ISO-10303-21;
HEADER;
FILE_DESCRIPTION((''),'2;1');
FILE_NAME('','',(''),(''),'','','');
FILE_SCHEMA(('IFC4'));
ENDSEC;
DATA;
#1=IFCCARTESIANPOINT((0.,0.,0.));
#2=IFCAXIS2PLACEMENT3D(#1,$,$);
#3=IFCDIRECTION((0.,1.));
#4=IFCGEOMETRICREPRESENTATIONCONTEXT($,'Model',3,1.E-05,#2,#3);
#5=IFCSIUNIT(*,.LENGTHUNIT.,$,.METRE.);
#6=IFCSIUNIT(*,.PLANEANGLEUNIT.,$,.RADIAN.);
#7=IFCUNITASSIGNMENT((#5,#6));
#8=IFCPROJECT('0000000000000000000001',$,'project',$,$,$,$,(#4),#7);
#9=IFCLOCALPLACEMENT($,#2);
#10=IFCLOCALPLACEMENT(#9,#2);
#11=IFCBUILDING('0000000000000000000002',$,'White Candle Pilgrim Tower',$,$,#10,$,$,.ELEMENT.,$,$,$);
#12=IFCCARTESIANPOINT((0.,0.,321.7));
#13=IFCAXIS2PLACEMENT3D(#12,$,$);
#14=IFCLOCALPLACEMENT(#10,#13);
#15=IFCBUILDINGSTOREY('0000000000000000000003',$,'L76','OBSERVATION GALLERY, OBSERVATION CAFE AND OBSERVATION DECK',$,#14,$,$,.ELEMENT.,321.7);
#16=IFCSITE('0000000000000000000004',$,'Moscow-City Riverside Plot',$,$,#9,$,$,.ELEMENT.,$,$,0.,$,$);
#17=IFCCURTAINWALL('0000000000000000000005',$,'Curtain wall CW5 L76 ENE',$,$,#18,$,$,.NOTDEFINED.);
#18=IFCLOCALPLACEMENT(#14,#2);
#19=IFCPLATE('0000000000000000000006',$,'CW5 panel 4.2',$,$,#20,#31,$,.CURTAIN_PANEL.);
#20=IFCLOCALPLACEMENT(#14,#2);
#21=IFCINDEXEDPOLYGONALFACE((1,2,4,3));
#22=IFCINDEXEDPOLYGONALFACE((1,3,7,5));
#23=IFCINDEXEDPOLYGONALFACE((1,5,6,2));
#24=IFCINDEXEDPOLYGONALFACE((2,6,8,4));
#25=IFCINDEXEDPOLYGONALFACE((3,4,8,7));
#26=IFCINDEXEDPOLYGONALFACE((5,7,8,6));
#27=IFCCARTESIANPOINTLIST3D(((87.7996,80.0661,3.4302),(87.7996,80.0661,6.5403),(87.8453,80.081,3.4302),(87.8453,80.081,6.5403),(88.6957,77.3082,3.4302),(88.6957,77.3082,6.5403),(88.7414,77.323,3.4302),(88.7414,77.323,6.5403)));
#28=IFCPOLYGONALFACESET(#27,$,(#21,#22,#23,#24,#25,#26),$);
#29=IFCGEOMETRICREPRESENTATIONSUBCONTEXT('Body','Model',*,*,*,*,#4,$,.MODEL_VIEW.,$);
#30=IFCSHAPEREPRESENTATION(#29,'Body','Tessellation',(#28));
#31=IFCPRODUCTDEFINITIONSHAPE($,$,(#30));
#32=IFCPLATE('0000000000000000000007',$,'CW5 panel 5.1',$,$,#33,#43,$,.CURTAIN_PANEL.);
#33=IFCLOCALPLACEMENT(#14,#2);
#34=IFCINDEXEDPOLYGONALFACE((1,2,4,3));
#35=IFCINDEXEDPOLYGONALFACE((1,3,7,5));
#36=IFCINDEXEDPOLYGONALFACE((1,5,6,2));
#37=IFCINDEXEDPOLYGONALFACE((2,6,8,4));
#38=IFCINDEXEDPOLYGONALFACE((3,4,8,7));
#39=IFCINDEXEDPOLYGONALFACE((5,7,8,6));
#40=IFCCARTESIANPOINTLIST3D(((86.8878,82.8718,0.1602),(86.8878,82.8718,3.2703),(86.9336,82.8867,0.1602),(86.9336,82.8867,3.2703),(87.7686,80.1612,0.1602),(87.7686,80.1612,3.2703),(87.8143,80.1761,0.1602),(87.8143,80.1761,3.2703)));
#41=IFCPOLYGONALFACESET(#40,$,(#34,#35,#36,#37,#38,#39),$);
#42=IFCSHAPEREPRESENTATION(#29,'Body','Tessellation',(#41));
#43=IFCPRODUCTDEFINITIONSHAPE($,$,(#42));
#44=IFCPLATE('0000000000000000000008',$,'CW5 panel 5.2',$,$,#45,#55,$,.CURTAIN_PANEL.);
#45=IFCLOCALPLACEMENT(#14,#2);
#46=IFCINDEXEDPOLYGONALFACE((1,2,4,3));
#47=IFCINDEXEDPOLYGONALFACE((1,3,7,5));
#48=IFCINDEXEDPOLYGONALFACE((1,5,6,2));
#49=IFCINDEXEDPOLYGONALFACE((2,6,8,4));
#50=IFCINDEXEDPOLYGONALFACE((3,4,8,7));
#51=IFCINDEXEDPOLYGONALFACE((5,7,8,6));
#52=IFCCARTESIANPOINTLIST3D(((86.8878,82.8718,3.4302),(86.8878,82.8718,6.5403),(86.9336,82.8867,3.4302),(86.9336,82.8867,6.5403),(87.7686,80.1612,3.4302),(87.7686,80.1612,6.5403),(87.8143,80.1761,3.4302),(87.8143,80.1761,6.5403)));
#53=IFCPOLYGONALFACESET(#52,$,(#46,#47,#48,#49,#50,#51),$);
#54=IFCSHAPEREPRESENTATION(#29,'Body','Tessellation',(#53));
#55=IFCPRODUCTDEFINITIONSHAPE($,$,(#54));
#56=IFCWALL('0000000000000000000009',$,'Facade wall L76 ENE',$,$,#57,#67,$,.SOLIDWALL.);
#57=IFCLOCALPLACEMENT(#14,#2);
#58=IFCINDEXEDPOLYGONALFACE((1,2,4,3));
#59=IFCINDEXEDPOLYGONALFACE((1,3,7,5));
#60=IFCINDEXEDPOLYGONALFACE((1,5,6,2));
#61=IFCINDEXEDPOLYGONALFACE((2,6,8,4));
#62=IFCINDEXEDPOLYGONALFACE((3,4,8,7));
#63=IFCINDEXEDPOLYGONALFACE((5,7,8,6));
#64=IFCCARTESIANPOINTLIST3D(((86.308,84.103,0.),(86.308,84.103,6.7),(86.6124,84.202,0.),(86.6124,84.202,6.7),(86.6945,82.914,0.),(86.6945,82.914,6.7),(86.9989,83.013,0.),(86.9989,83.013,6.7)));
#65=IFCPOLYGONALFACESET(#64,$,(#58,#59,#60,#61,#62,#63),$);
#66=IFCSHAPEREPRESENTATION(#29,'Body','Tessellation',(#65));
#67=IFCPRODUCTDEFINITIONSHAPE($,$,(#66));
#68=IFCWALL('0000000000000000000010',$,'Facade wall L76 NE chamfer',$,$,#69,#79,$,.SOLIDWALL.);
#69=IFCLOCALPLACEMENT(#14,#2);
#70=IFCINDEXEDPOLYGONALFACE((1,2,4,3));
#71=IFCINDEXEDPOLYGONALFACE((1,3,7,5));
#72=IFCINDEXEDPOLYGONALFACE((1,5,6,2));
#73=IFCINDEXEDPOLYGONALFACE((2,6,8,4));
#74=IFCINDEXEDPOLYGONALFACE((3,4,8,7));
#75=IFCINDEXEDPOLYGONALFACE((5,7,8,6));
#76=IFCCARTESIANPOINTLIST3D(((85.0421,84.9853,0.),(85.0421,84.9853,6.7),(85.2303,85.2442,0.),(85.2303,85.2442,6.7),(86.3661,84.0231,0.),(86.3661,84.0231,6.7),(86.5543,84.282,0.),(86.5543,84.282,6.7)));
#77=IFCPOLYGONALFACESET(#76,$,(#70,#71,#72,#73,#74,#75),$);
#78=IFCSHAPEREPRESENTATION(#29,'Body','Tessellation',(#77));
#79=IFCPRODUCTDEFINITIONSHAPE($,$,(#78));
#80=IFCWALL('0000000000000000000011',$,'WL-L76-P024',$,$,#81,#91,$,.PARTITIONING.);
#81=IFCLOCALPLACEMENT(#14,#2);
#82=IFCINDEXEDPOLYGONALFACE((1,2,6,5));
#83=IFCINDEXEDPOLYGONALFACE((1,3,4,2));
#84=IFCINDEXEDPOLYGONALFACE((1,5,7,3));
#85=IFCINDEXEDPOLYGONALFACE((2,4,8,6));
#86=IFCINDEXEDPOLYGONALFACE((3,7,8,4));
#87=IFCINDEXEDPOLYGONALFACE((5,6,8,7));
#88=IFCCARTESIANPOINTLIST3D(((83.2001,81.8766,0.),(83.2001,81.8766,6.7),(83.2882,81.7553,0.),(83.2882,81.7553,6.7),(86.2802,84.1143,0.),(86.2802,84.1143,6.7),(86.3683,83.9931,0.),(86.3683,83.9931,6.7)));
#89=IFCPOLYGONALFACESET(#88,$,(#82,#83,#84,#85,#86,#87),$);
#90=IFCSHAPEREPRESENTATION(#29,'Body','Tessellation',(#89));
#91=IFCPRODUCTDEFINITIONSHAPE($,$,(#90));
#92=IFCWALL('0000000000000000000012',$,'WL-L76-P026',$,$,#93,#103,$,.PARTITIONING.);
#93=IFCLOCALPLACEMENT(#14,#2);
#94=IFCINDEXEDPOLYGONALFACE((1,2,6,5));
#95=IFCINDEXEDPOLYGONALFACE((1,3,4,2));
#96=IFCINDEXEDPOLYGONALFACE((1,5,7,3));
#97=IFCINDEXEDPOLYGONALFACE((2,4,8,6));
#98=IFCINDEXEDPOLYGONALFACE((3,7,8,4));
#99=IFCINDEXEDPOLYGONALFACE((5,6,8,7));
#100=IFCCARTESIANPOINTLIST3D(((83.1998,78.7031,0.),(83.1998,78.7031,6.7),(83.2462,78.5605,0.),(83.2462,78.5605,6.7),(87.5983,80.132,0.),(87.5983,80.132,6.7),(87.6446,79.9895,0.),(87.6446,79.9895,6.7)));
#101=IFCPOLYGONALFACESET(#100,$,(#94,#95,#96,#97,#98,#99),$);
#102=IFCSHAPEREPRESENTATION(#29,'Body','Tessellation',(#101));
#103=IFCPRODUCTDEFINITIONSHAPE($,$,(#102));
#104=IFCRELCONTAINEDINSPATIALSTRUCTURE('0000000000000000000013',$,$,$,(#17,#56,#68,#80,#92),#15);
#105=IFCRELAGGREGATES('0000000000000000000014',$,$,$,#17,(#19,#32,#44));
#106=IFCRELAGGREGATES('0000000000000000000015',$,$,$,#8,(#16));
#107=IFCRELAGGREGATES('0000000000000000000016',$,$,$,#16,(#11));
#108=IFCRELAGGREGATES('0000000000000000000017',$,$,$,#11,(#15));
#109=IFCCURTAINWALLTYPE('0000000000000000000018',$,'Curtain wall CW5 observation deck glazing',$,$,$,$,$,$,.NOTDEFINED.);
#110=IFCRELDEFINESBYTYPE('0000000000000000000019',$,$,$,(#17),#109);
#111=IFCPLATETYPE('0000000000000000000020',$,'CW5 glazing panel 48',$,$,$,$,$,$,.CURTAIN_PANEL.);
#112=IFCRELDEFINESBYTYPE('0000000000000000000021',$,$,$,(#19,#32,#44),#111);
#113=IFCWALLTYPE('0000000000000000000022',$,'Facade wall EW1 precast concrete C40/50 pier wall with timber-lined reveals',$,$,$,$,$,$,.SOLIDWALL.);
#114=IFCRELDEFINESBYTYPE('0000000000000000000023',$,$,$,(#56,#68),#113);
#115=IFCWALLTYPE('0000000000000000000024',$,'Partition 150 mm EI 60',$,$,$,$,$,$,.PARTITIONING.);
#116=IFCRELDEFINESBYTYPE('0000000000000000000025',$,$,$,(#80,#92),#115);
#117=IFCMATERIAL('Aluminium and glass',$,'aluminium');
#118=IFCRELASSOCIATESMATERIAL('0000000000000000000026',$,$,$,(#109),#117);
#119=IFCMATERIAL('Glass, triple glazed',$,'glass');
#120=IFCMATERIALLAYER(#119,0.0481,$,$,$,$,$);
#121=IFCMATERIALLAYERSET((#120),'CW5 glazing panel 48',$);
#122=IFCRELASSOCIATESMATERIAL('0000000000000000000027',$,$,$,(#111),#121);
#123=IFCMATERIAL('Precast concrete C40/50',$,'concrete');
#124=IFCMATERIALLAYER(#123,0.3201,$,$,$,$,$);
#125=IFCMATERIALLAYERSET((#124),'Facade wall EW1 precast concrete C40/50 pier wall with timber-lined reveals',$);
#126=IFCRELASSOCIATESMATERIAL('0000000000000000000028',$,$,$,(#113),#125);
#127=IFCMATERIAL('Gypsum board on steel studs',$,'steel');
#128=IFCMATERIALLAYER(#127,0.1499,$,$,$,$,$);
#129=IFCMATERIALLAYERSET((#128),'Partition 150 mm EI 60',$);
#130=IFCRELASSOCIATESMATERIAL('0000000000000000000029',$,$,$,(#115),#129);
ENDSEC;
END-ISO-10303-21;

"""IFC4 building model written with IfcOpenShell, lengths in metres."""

from ifc_helpers import new_model, si_unit, direction, frame, frame_2d, origin, origin_2d, place, context, subcontext, project, spatial, rectangle, extrude, material, layer, layer_set, type_object, element, aggregate, save


model = new_model("IFC4")

# Units and contexts
model_context = context("Model", 3, precision=1e-05, world=origin(), true_north=direction((0.0, 1.0)))
body_context = subcontext(model_context, "Body", "Model", "MODEL_VIEW")
ifc_project = project(units=[si_unit("LENGTHUNIT", "METRE"), si_unit("PLANEANGLEUNIT", "RADIAN")], contexts=[model_context])

# Site, building, storey
site_placement = place(None, origin())
site = spatial("IfcSite", under=ifc_project, at=site_placement, Name="Moscow-City Riverside Plot", CompositionType="ELEMENT", RefElevation=0.0)
building_placement = place(site_placement, origin())
building = spatial("IfcBuilding", under=site, at=building_placement, Name="White Candle Pilgrim Tower", CompositionType="ELEMENT")
storey_placement = place(building_placement, frame((0.0, 0.0, 321.7)))
storey = spatial("IfcBuildingStorey", under=building, at=storey_placement, Name="L76", Description="OBSERVATION GALLERY, OBSERVATION CAFE AND OBSERVATION DECK", CompositionType="ELEMENT", Elevation=321.7)

# Curtain wall
ifc_material_1 = material(Name="Aluminium and glass", Category="aluminium")
curtain_wall_type = type_object("IfcCurtainWallType", Name="Curtain wall CW5 observation deck glazing", PredefinedType="NOTDEFINED", material=ifc_material_1)
curtain_wall_1_placement = place(storey_placement, origin())
curtain_wall_1 = element("IfcCurtainWall", 1, at=curtain_wall_1_placement, inside=storey, type_object=curtain_wall_type, Name="Curtain wall CW5 L76 ENE", PredefinedType="NOTDEFINED")

# Plates
ifc_material_2 = material(Name="Glass, triple glazed", Category="glass")
ifc_layer_1 = layer(ifc_material_2, 0.0481)
ifc_layer_set_1 = layer_set([ifc_layer_1], Name="CW5 glazing panel 48")
plate_type = type_object("IfcPlateType", Name="CW5 glazing panel 48", PredefinedType="CURTAIN_PANEL", material=ifc_layer_set_1)
plate_1_placement = place(storey_placement, frame((88.2705, 78.6946, 3.4302), z_axis=(0.0, 0.0, 1.0), x_axis=(-0.309017, 0.951057, 0.0)))
plate_1 = element("IfcPlate", 2, at=plate_1_placement, type_object=plate_type, Name="CW5 panel 4.2", PredefinedType="CURTAIN_PANEL", context=body_context, shape_type="SweptSolid", body=[
    extrude(rectangle(XDim=2.8999, YDim=0.0481, at=origin_2d()), origin(), (0.0, 0.0, 1.0), 3.1101),
])
plate_2_placement = place(storey_placement, frame((87.3511, 81.5239, 0.1602), z_axis=(0.0, 0.0, 1.0), x_axis=(-0.309017, 0.951057, 0.0)))
plate_2 = element("IfcPlate", 3, at=plate_2_placement, type_object=plate_type, Name="CW5 panel 5.1", PredefinedType="CURTAIN_PANEL", context=body_context, shape_type="SweptSolid", body=[
    extrude(rectangle(XDim=2.8501, YDim=0.0481, at=origin_2d()), origin(), (0.0, 0.0, 1.0), 3.1101),
])
plate_3_placement = place(storey_placement, frame((87.3511, 81.5239, 3.4302), z_axis=(0.0, 0.0, 1.0), x_axis=(-0.309017, 0.951057, 0.0)))
plate_3 = element("IfcPlate", 4, at=plate_3_placement, type_object=plate_type, Name="CW5 panel 5.2", PredefinedType="CURTAIN_PANEL", context=body_context, shape_type="SweptSolid", body=[
    extrude(rectangle(XDim=2.8501, YDim=0.0481, at=origin_2d()), origin(), (0.0, 0.0, 1.0), 3.1101),
])
aggregate(curtain_wall_1, [plate_1, plate_2, plate_3])

# Walls
ifc_material_3 = material(Name="Precast concrete C40/50", Category="concrete")
ifc_layer_2 = layer(ifc_material_3, 0.3201)
ifc_layer_set_2 = layer_set([ifc_layer_2], Name="Facade wall EW1 precast concrete C40/50 pier wall with timber-lined reveals")
wall_type_1 = type_object("IfcWallType", Name="Facade wall EW1 precast concrete C40/50 pier wall with timber-lined reveals", PredefinedType="SOLIDWALL", material=ifc_layer_set_2)
wall_1_placement = place(storey_placement, frame((86.8467, 82.9636, 0.0), z_axis=(0.0, 0.0, 1.0), x_axis=(-0.30913, 0.95102, 0.0)))
element("IfcWall", 5, at=wall_1_placement, inside=storey, type_object=wall_type_1, Name="Facade wall L76 ENE", PredefinedType="SOLIDWALL", context=body_context, shape_type="SweptSolid", body=[
    extrude(rectangle(XDim=1.2502, YDim=0.3201, at=frame_2d((0.625, 0.0))), origin(), (0.0, 0.0, 1.0), 6.7),
])
wall_2_placement = place(storey_placement, frame((86.4602, 84.1526, 0.0), z_axis=(0.0, 0.0, 1.0), x_axis=(-0.808949, 0.587879, 0.0)))
element("IfcWall", 6, at=wall_2_placement, inside=storey, type_object=wall_type_1, Name="Facade wall L76 NE chamfer", PredefinedType="SOLIDWALL", context=body_context, shape_type="SweptSolid", body=[
    extrude(rectangle(XDim=1.6367, YDim=0.3201, at=frame_2d((0.8184, 0.0))), origin(), (0.0, 0.0, 1.0), 6.7),
])
ifc_material_4 = material(Name="Gypsum board on steel studs", Category="steel")
ifc_layer_3 = layer(ifc_material_4, 0.1499)
ifc_layer_set_3 = layer_set([ifc_layer_3], Name="Partition 150 mm EI 60")
wall_type_2 = type_object("IfcWallType", Name="Partition 150 mm EI 60", PredefinedType="PARTITIONING", material=ifc_layer_set_3)
wall_3_placement = place(storey_placement, frame((86.3242, 84.0537, 0.0), z_axis=(0.0, 0.0, 1.0), x_axis=(-0.809019, -0.587783, 0.0)))
element("IfcWall", 7, at=wall_3_placement, inside=storey, type_object=wall_type_2, Name="WL-L76-P024", PredefinedType="PARTITIONING", context=body_context, shape_type="SweptSolid", body=[
    extrude(rectangle(XDim=3.8071, YDim=0.1499, at=frame_2d((1.9036, 0.0))), origin(), (0.0, 0.0, 1.0), 6.7),
])
wall_4_placement = place(storey_placement, frame((87.6216, 80.0608, 0.0), z_axis=(0.0, 0.0, 1.0), x_axis=(-0.951068, -0.308981, 0.0)))
element("IfcWall", 8, at=wall_4_placement, inside=storey, type_object=wall_type_2, Name="WL-L76-P026", PredefinedType="PARTITIONING", context=body_context, shape_type="SweptSolid", body=[
    extrude(rectangle(XDim=4.6248, YDim=0.1499, at=frame_2d((2.3125, 0.0))), origin(), (0.0, 0.0, 1.0), 6.7),
])

save(model, "model.ifc")
